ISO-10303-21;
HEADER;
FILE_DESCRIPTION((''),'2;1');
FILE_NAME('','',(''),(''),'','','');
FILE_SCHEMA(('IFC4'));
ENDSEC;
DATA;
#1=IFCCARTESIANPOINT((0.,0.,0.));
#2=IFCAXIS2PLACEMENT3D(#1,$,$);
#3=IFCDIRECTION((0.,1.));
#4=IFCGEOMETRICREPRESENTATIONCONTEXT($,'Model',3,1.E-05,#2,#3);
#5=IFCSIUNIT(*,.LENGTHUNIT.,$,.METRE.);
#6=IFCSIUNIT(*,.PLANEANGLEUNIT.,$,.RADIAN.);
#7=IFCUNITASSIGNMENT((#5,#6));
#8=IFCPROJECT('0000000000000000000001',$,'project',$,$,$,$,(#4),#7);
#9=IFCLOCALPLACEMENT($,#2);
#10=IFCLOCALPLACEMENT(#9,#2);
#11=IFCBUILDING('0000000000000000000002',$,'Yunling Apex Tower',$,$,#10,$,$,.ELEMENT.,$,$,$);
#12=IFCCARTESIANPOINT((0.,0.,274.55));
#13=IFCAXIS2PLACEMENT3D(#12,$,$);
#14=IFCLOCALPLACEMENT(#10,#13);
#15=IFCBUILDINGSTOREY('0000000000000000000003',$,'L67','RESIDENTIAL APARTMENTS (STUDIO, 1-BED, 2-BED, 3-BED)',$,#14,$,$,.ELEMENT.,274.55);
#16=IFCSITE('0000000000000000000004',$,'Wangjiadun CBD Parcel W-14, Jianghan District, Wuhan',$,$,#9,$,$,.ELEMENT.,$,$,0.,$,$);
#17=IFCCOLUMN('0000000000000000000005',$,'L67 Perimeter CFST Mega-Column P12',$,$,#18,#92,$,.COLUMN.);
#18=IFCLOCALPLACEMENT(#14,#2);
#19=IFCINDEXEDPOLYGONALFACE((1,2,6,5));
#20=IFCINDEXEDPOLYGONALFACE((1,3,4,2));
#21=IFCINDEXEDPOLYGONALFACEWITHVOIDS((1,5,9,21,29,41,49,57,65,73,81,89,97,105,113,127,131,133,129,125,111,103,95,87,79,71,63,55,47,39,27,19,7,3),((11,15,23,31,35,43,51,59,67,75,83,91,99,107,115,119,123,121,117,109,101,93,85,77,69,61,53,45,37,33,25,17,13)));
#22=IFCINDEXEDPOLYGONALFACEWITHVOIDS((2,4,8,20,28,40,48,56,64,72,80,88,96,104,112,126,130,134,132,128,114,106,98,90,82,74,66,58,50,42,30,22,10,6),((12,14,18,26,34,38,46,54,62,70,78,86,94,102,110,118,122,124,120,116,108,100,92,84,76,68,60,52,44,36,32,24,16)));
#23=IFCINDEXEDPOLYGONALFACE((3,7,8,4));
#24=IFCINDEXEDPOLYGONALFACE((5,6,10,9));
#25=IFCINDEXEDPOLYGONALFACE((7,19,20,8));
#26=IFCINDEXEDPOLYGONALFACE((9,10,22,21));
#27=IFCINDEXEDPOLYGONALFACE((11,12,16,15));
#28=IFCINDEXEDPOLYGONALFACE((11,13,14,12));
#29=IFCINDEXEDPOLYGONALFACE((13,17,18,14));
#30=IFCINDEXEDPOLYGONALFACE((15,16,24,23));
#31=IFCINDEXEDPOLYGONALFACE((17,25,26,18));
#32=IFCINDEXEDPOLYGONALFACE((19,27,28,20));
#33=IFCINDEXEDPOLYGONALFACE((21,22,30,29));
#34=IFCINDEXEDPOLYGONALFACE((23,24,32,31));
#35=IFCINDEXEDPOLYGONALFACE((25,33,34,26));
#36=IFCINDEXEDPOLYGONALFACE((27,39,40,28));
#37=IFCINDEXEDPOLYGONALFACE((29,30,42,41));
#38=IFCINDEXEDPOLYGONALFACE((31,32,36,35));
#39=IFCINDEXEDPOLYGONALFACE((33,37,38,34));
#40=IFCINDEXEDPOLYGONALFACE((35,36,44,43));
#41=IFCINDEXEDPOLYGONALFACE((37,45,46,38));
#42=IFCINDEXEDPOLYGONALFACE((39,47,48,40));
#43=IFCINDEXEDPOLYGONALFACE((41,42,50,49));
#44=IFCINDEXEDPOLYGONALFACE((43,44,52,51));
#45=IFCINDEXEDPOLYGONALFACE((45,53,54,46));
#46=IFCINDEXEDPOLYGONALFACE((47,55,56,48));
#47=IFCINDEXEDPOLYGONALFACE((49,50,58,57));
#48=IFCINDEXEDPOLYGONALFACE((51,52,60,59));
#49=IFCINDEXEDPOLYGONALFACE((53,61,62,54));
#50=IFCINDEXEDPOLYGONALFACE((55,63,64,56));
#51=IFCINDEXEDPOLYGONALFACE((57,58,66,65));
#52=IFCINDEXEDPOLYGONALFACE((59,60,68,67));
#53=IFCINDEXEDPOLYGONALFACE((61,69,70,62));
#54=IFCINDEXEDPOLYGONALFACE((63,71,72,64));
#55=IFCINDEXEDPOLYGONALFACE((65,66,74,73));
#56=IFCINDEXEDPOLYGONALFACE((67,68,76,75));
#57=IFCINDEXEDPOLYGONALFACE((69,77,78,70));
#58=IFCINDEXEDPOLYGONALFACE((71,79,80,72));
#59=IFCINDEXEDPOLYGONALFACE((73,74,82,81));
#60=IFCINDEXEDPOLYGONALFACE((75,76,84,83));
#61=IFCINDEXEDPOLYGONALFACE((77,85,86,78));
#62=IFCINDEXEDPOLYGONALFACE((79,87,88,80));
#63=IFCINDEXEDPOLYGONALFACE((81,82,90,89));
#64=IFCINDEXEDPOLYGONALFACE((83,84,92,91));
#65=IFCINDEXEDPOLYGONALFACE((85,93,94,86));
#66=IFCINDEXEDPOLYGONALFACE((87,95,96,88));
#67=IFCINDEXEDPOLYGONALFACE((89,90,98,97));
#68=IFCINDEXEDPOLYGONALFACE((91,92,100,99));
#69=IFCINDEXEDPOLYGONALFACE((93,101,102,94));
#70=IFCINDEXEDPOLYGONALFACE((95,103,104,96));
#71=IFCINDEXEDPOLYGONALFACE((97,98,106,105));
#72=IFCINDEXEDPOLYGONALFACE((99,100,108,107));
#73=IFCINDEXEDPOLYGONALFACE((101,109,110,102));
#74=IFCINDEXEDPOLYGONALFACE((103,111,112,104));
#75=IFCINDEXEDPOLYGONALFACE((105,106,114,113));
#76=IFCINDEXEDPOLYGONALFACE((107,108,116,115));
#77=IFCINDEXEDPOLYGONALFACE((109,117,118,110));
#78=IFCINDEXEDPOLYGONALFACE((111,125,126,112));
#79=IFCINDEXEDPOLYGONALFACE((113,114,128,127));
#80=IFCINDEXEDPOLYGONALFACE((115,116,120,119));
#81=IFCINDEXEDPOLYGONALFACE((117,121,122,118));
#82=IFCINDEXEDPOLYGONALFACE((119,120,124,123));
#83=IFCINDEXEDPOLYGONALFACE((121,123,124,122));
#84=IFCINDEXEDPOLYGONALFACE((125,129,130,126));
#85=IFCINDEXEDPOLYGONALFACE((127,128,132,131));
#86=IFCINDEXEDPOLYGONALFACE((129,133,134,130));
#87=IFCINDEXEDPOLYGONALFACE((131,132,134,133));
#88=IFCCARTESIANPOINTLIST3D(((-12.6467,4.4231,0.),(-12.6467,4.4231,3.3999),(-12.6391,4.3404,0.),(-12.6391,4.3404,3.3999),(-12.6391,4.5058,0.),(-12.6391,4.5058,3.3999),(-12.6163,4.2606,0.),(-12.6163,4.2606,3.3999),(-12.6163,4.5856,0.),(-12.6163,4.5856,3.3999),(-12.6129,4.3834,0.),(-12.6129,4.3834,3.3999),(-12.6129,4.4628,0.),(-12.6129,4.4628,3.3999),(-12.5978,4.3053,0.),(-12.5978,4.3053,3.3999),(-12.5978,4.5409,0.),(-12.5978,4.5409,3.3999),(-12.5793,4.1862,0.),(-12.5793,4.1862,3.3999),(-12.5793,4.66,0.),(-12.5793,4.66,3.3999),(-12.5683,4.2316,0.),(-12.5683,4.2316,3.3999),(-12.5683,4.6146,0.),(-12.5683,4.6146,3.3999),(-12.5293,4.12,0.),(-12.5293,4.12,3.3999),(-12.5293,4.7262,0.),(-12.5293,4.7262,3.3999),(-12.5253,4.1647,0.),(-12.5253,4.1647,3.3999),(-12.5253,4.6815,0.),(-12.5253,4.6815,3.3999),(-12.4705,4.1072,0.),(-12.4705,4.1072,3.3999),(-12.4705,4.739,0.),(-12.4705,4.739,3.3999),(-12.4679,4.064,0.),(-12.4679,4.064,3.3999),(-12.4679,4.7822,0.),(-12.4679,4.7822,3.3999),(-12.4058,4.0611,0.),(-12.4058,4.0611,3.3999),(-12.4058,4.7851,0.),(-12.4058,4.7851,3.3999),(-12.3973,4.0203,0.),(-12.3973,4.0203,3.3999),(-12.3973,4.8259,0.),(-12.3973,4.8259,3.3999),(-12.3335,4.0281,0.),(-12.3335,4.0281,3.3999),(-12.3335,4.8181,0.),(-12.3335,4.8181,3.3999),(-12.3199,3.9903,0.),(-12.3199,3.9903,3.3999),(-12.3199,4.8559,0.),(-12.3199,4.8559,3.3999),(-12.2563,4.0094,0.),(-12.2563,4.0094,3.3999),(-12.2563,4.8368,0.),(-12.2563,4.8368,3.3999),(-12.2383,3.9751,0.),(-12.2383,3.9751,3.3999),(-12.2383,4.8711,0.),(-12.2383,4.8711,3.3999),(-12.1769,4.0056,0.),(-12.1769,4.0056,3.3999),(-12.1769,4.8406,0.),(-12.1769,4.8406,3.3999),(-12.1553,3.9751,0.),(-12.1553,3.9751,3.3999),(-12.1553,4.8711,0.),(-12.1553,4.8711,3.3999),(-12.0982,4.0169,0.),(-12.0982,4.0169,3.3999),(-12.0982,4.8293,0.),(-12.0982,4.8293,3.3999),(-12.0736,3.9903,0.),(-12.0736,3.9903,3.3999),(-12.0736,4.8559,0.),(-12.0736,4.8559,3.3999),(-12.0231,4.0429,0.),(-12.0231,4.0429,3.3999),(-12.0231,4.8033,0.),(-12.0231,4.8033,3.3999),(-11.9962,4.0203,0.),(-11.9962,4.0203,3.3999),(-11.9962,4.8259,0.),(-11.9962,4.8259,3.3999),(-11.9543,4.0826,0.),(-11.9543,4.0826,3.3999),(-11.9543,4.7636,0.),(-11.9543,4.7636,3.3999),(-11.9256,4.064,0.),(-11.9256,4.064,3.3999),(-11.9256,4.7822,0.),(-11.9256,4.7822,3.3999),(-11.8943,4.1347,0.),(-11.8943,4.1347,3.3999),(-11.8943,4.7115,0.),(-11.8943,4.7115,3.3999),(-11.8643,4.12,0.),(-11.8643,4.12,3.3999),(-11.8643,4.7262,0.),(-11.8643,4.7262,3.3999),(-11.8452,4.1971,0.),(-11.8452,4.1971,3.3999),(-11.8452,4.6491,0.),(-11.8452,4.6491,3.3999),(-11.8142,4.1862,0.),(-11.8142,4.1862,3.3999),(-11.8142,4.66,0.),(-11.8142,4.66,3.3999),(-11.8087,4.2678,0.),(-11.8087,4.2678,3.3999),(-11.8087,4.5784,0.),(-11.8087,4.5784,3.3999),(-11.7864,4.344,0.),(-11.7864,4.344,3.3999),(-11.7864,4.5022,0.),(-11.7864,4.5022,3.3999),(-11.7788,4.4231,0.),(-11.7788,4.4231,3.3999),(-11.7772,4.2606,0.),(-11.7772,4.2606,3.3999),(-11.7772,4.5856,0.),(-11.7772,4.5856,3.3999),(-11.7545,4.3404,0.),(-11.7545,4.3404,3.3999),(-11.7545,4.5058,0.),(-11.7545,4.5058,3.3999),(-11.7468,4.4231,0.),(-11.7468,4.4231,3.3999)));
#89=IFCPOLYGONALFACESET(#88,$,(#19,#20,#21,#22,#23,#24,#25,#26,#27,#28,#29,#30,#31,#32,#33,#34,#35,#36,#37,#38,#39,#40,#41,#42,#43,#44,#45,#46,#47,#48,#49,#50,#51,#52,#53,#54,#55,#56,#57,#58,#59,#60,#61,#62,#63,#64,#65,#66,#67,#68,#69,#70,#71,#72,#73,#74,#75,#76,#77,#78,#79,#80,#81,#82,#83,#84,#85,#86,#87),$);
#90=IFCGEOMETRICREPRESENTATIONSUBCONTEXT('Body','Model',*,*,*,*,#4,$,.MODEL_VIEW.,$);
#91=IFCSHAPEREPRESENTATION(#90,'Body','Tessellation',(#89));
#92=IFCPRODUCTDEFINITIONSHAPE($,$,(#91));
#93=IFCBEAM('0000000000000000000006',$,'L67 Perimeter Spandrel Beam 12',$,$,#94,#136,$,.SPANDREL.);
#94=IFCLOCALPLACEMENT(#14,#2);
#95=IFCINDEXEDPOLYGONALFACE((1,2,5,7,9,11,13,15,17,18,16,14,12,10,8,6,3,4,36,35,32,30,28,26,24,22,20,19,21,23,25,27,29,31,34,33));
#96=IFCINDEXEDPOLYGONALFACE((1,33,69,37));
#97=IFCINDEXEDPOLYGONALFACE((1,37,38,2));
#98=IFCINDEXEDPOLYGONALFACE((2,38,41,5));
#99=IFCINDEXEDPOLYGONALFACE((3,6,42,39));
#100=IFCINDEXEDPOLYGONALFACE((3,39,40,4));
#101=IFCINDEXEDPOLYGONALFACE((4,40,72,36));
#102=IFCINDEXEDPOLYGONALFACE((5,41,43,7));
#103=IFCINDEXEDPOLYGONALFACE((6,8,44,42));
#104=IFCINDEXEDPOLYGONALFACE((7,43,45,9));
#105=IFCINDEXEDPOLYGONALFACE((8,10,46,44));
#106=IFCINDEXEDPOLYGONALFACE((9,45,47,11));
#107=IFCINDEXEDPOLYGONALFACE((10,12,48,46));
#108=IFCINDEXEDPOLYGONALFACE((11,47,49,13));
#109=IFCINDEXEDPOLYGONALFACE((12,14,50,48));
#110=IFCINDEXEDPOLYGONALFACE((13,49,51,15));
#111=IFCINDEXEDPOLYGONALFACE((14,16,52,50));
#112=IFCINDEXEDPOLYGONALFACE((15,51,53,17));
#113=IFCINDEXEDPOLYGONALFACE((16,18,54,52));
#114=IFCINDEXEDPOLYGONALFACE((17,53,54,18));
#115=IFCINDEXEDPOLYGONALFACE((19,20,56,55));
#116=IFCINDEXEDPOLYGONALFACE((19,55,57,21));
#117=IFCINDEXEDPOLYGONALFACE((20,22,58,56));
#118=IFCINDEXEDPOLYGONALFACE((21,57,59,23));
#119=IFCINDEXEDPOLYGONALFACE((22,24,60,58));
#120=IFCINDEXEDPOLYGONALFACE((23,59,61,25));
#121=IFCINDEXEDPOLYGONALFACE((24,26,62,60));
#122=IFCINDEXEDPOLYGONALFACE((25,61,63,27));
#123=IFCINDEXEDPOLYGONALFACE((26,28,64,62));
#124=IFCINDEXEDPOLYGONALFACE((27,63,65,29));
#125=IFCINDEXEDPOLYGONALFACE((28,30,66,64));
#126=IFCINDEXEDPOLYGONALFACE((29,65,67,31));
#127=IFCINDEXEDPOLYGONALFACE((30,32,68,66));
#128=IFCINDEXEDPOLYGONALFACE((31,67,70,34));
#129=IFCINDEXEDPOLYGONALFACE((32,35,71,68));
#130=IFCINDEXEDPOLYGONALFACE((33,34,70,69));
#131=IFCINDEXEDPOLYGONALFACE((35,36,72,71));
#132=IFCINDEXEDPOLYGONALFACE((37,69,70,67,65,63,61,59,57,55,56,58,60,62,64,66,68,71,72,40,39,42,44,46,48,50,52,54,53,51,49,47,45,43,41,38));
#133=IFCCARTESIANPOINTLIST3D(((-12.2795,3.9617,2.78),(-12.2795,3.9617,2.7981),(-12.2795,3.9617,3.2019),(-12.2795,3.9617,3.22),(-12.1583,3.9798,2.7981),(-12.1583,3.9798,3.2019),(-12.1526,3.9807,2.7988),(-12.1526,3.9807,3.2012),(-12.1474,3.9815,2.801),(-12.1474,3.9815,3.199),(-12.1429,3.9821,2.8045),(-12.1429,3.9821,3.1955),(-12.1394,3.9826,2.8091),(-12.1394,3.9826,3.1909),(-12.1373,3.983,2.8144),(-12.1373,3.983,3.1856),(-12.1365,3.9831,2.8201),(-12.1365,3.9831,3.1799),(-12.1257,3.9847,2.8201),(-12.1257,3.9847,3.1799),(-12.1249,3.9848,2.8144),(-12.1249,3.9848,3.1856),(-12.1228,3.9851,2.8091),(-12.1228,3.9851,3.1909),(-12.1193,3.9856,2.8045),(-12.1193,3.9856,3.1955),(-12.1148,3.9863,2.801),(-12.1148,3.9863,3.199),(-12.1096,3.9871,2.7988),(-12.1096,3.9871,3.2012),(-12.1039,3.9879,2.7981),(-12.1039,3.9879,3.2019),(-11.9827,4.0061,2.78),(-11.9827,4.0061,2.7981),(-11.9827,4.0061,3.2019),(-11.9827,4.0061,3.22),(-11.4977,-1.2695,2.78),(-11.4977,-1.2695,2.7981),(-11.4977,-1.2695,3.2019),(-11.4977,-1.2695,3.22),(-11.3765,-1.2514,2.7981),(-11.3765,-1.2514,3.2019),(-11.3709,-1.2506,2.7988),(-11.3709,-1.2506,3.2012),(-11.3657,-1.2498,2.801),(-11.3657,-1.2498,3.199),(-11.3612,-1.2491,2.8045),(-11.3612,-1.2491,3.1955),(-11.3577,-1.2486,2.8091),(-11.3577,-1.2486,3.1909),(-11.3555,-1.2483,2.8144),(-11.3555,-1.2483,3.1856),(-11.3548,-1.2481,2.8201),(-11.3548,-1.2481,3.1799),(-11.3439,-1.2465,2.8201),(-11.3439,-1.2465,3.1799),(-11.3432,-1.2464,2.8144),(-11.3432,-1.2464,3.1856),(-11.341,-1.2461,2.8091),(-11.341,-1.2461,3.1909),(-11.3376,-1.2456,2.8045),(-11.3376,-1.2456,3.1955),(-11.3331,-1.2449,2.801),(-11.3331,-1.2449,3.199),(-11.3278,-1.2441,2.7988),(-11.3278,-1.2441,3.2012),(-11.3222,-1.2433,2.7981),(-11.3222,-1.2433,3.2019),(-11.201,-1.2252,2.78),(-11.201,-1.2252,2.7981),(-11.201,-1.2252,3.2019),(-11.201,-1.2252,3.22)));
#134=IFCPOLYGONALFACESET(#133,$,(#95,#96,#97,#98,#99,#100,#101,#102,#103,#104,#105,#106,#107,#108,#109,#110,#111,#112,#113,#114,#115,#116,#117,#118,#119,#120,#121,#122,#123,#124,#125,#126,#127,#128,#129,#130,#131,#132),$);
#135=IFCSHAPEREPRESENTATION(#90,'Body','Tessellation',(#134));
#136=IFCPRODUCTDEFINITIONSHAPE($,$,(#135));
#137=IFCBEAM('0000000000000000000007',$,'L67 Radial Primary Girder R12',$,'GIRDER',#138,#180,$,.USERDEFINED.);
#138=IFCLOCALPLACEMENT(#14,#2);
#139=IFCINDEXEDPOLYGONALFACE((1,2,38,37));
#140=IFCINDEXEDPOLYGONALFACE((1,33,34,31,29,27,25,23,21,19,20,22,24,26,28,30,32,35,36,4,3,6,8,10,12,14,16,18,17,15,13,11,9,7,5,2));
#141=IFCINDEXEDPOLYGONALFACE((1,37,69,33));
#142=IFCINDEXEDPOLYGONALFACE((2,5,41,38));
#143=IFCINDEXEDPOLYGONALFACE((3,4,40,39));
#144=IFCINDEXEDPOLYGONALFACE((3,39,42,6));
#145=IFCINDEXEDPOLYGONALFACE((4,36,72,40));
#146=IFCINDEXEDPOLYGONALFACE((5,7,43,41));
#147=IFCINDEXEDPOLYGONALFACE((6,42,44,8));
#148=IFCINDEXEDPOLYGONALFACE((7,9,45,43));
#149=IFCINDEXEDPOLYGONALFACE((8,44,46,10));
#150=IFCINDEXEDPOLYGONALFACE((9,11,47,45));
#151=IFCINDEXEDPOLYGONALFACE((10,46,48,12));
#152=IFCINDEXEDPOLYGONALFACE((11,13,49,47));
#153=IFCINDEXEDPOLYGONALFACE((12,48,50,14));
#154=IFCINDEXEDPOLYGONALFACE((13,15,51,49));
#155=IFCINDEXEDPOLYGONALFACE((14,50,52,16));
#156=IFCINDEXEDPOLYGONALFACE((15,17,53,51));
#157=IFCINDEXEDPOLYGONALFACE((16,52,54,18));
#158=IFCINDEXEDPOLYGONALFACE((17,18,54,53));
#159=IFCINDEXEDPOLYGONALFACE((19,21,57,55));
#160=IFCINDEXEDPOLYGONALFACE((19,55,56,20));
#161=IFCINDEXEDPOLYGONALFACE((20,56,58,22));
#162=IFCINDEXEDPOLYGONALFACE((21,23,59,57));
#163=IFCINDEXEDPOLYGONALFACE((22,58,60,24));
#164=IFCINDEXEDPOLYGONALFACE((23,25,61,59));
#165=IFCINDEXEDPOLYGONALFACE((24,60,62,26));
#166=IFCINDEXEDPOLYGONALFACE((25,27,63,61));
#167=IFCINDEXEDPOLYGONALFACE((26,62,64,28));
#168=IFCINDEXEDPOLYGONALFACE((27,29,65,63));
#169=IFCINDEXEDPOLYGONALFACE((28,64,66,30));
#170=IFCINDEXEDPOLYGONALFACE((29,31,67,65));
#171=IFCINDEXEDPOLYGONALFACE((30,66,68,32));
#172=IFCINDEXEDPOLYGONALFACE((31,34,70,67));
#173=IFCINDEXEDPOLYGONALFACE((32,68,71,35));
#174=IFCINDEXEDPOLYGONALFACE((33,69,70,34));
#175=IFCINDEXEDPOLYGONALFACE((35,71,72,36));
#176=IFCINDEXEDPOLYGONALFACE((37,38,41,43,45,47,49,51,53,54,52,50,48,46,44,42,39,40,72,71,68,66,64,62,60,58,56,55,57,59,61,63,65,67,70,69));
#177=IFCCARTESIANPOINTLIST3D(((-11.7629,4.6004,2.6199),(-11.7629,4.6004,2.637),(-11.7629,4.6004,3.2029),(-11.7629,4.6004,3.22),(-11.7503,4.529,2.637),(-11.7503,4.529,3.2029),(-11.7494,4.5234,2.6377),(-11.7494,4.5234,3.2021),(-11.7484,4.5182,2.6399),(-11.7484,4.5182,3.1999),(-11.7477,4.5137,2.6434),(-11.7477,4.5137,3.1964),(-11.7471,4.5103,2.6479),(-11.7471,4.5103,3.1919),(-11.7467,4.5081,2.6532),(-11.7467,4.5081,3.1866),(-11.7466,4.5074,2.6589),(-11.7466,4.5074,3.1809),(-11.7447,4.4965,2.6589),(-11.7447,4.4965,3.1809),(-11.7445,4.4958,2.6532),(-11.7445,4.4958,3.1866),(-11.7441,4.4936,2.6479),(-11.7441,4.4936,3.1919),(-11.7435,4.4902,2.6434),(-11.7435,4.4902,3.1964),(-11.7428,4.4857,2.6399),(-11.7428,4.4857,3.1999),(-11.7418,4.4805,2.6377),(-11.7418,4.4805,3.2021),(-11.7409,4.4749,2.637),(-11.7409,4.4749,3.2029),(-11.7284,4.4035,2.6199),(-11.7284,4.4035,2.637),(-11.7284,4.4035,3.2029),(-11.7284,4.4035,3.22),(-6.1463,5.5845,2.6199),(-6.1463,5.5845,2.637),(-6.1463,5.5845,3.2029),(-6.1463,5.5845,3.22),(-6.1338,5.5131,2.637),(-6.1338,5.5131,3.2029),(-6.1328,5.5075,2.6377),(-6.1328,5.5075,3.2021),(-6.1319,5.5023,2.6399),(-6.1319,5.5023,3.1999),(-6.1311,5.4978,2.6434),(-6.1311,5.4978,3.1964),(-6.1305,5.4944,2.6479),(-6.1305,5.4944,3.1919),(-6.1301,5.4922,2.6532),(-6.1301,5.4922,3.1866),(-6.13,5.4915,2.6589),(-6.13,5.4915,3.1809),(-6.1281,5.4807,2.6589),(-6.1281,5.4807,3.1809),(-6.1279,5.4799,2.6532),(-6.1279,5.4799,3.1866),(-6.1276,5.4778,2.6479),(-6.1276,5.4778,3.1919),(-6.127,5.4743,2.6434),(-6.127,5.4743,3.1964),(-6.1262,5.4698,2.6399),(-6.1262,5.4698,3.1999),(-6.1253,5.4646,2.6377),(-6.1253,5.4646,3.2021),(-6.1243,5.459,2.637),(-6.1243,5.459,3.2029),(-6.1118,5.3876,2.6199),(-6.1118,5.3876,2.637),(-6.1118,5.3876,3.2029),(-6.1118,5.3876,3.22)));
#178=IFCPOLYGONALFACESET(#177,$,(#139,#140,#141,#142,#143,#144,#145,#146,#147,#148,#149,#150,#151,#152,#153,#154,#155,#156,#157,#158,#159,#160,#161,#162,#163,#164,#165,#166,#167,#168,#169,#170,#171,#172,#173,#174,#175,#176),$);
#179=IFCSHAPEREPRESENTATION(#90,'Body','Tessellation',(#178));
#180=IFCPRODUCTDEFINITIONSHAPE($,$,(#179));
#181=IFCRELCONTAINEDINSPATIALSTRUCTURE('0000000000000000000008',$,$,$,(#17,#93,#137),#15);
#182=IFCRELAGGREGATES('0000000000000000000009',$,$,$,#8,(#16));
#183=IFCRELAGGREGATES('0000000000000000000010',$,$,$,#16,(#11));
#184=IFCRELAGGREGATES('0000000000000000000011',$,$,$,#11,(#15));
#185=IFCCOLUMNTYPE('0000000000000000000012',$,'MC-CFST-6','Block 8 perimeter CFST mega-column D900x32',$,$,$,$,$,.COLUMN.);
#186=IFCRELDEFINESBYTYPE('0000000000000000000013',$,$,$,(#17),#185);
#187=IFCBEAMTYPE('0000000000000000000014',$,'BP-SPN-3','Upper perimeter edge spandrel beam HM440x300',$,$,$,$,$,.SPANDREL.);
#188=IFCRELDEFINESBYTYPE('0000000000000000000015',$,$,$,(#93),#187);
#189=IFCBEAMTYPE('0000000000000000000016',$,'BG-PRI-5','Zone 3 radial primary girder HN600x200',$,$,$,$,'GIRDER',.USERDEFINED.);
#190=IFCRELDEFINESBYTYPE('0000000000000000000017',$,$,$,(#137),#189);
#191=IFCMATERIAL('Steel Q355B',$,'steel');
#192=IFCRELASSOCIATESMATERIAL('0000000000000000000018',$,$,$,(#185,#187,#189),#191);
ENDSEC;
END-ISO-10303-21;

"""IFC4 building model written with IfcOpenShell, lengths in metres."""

from ifc_helpers import new_model, si_unit, direction, frame, origin, origin_2d, place, context, subcontext, project, spatial, hollow_circle, i_section, extrude, source, transform, mapped, material, material_profile, profile_set, type_object, element, save


model = new_model("IFC4")

# Units and contexts
model_context = context("Model", 3, precision=1e-05, world=origin(), true_north=direction((0.0, 1.0)))
body_context = subcontext(model_context, "Body", "Model", "MODEL_VIEW")
ifc_project = project(units=[si_unit("LENGTHUNIT", "METRE"), si_unit("PLANEANGLEUNIT", "RADIAN")], contexts=[model_context])

# Site, building, storey
site_placement = place(None, origin())
site = spatial("IfcSite", under=ifc_project, at=site_placement, Name="Wangjiadun CBD Parcel W-14, Jianghan District, Wuhan", CompositionType="ELEMENT", RefElevation=0.0)
building_placement = place(site_placement, origin())
building = spatial("IfcBuilding", under=site, at=building_placement, Name="Yunling Apex Tower", CompositionType="ELEMENT")
storey_placement = place(building_placement, frame((0.0, 0.0, 274.55)))
storey = spatial("IfcBuildingStorey", under=building, at=storey_placement, Name="L67", Description="RESIDENTIAL APARTMENTS (STUDIO, 1-BED, 2-BED, 3-BED)", CompositionType="ELEMENT", Elevation=274.55)

# Column
ifc_material_1 = material(Name="Steel Q355B", Category="steel")
ifc_material_profile_1 = material_profile(ifc_material_1, hollow_circle(Radius=0.45, WallThickness=0.032, at=origin_2d()))
ifc_profile_set_1 = profile_set([ifc_material_profile_1], Name="Steel Q355B")
column_type = type_object("IfcColumnType", Name="MC-CFST-6", Description="Block 8 perimeter CFST mega-column D900x32", PredefinedType="COLUMN", material=ifc_profile_set_1)
shared_shape_1 = source(origin(), body_context, "Body", "SweptSolid", [
    extrude(hollow_circle(Radius=0.45, WallThickness=0.032, at=origin_2d()), origin(), (0.0, 0.0, 1.0), 3.3999),
])
column_placement = place(storey_placement, frame((-12.1968, 4.4231, 0.0), z_axis=(0.0, 0.0, 1.0), x_axis=(1.0, 0.0, 0.0)))
element("IfcColumn", 1, at=column_placement, inside=storey, type_object=column_type, Name="L67 Perimeter CFST Mega-Column P12", PredefinedType="COLUMN", context=body_context, shape_type="MappedRepresentation", body=[
    mapped(shared_shape_1, transform((0.0, 0.0, 0.0), scale=1.0)),
])

# Beams
ifc_material_profile_2 = material_profile(ifc_material_1, i_section(OverallWidth=0.3, OverallDepth=0.4399, WebThickness=0.011, FlangeThickness=0.0181, FilletRadius=0.022, at=origin_2d()))
ifc_profile_set_2 = profile_set([ifc_material_profile_2], Name="Steel Q355B")
beam_type_1 = type_object("IfcBeamType", Name="BP-SPN-3", Description="Upper perimeter edge spandrel beam HM440x300", PredefinedType="SPANDREL", material=ifc_profile_set_2)
shared_shape_2 = source(origin(), body_context, "Body", "SweptSolid", [
    extrude(i_section(OverallWidth=0.3, OverallDepth=0.4399, WebThickness=0.011, FlangeThickness=0.0181, FilletRadius=0.022, at=origin_2d()), origin(), (0.0, 0.0, 1.0), 5.2893),
])
beam_1_placement = place(storey_placement, frame((-12.1311, 3.9839, 3.0), z_axis=(0.147796, -0.989018, 0.0), x_axis=(0.989018, 0.147796, 0.0)))
element("IfcBeam", 2, at=beam_1_placement, inside=storey, type_object=beam_type_1, Name="L67 Perimeter Spandrel Beam 12", PredefinedType="SPANDREL", context=body_context, shape_type="MappedRepresentation", body=[
    mapped(shared_shape_2, transform((0.0, 0.0, 0.0), scale=1.0)),
])
ifc_material_profile_3 = material_profile(ifc_material_1, i_section(OverallWidth=0.2, OverallDepth=0.6001, WebThickness=0.011, FlangeThickness=0.0171, FilletRadius=0.022, at=origin_2d()))
ifc_profile_set_3 = profile_set([ifc_material_profile_3], Name="Steel Q355B")
beam_type_2 = type_object("IfcBeamType", Name="BG-PRI-5", Description="Zone 3 radial primary girder HN600x200", ElementType="GIRDER", PredefinedType="USERDEFINED", material=ifc_profile_set_3)
shared_shape_3 = source(origin(), body_context, "Body", "SweptSolid", [
    extrude(i_section(OverallWidth=0.2, OverallDepth=0.6001, WebThickness=0.011, FlangeThickness=0.0171, FilletRadius=0.022, at=origin_2d()), origin(), (0.0, 0.0, 1.0), 5.7021),
])
beam_2_placement = place(storey_placement, frame((-11.7456, 4.502, 2.9199), z_axis=(0.984994, 0.172586, 0.0), x_axis=(-0.172586, 0.984994, 0.0)))
element("IfcBeam", 3, at=beam_2_placement, inside=storey, type_object=beam_type_2, Name="L67 Radial Primary Girder R12", ObjectType="GIRDER", PredefinedType="USERDEFINED", context=body_context, shape_type="MappedRepresentation", body=[
    mapped(shared_shape_3, transform((0.0, 0.0, 0.0), scale=1.0)),
])

save(model, "model.ifc")
